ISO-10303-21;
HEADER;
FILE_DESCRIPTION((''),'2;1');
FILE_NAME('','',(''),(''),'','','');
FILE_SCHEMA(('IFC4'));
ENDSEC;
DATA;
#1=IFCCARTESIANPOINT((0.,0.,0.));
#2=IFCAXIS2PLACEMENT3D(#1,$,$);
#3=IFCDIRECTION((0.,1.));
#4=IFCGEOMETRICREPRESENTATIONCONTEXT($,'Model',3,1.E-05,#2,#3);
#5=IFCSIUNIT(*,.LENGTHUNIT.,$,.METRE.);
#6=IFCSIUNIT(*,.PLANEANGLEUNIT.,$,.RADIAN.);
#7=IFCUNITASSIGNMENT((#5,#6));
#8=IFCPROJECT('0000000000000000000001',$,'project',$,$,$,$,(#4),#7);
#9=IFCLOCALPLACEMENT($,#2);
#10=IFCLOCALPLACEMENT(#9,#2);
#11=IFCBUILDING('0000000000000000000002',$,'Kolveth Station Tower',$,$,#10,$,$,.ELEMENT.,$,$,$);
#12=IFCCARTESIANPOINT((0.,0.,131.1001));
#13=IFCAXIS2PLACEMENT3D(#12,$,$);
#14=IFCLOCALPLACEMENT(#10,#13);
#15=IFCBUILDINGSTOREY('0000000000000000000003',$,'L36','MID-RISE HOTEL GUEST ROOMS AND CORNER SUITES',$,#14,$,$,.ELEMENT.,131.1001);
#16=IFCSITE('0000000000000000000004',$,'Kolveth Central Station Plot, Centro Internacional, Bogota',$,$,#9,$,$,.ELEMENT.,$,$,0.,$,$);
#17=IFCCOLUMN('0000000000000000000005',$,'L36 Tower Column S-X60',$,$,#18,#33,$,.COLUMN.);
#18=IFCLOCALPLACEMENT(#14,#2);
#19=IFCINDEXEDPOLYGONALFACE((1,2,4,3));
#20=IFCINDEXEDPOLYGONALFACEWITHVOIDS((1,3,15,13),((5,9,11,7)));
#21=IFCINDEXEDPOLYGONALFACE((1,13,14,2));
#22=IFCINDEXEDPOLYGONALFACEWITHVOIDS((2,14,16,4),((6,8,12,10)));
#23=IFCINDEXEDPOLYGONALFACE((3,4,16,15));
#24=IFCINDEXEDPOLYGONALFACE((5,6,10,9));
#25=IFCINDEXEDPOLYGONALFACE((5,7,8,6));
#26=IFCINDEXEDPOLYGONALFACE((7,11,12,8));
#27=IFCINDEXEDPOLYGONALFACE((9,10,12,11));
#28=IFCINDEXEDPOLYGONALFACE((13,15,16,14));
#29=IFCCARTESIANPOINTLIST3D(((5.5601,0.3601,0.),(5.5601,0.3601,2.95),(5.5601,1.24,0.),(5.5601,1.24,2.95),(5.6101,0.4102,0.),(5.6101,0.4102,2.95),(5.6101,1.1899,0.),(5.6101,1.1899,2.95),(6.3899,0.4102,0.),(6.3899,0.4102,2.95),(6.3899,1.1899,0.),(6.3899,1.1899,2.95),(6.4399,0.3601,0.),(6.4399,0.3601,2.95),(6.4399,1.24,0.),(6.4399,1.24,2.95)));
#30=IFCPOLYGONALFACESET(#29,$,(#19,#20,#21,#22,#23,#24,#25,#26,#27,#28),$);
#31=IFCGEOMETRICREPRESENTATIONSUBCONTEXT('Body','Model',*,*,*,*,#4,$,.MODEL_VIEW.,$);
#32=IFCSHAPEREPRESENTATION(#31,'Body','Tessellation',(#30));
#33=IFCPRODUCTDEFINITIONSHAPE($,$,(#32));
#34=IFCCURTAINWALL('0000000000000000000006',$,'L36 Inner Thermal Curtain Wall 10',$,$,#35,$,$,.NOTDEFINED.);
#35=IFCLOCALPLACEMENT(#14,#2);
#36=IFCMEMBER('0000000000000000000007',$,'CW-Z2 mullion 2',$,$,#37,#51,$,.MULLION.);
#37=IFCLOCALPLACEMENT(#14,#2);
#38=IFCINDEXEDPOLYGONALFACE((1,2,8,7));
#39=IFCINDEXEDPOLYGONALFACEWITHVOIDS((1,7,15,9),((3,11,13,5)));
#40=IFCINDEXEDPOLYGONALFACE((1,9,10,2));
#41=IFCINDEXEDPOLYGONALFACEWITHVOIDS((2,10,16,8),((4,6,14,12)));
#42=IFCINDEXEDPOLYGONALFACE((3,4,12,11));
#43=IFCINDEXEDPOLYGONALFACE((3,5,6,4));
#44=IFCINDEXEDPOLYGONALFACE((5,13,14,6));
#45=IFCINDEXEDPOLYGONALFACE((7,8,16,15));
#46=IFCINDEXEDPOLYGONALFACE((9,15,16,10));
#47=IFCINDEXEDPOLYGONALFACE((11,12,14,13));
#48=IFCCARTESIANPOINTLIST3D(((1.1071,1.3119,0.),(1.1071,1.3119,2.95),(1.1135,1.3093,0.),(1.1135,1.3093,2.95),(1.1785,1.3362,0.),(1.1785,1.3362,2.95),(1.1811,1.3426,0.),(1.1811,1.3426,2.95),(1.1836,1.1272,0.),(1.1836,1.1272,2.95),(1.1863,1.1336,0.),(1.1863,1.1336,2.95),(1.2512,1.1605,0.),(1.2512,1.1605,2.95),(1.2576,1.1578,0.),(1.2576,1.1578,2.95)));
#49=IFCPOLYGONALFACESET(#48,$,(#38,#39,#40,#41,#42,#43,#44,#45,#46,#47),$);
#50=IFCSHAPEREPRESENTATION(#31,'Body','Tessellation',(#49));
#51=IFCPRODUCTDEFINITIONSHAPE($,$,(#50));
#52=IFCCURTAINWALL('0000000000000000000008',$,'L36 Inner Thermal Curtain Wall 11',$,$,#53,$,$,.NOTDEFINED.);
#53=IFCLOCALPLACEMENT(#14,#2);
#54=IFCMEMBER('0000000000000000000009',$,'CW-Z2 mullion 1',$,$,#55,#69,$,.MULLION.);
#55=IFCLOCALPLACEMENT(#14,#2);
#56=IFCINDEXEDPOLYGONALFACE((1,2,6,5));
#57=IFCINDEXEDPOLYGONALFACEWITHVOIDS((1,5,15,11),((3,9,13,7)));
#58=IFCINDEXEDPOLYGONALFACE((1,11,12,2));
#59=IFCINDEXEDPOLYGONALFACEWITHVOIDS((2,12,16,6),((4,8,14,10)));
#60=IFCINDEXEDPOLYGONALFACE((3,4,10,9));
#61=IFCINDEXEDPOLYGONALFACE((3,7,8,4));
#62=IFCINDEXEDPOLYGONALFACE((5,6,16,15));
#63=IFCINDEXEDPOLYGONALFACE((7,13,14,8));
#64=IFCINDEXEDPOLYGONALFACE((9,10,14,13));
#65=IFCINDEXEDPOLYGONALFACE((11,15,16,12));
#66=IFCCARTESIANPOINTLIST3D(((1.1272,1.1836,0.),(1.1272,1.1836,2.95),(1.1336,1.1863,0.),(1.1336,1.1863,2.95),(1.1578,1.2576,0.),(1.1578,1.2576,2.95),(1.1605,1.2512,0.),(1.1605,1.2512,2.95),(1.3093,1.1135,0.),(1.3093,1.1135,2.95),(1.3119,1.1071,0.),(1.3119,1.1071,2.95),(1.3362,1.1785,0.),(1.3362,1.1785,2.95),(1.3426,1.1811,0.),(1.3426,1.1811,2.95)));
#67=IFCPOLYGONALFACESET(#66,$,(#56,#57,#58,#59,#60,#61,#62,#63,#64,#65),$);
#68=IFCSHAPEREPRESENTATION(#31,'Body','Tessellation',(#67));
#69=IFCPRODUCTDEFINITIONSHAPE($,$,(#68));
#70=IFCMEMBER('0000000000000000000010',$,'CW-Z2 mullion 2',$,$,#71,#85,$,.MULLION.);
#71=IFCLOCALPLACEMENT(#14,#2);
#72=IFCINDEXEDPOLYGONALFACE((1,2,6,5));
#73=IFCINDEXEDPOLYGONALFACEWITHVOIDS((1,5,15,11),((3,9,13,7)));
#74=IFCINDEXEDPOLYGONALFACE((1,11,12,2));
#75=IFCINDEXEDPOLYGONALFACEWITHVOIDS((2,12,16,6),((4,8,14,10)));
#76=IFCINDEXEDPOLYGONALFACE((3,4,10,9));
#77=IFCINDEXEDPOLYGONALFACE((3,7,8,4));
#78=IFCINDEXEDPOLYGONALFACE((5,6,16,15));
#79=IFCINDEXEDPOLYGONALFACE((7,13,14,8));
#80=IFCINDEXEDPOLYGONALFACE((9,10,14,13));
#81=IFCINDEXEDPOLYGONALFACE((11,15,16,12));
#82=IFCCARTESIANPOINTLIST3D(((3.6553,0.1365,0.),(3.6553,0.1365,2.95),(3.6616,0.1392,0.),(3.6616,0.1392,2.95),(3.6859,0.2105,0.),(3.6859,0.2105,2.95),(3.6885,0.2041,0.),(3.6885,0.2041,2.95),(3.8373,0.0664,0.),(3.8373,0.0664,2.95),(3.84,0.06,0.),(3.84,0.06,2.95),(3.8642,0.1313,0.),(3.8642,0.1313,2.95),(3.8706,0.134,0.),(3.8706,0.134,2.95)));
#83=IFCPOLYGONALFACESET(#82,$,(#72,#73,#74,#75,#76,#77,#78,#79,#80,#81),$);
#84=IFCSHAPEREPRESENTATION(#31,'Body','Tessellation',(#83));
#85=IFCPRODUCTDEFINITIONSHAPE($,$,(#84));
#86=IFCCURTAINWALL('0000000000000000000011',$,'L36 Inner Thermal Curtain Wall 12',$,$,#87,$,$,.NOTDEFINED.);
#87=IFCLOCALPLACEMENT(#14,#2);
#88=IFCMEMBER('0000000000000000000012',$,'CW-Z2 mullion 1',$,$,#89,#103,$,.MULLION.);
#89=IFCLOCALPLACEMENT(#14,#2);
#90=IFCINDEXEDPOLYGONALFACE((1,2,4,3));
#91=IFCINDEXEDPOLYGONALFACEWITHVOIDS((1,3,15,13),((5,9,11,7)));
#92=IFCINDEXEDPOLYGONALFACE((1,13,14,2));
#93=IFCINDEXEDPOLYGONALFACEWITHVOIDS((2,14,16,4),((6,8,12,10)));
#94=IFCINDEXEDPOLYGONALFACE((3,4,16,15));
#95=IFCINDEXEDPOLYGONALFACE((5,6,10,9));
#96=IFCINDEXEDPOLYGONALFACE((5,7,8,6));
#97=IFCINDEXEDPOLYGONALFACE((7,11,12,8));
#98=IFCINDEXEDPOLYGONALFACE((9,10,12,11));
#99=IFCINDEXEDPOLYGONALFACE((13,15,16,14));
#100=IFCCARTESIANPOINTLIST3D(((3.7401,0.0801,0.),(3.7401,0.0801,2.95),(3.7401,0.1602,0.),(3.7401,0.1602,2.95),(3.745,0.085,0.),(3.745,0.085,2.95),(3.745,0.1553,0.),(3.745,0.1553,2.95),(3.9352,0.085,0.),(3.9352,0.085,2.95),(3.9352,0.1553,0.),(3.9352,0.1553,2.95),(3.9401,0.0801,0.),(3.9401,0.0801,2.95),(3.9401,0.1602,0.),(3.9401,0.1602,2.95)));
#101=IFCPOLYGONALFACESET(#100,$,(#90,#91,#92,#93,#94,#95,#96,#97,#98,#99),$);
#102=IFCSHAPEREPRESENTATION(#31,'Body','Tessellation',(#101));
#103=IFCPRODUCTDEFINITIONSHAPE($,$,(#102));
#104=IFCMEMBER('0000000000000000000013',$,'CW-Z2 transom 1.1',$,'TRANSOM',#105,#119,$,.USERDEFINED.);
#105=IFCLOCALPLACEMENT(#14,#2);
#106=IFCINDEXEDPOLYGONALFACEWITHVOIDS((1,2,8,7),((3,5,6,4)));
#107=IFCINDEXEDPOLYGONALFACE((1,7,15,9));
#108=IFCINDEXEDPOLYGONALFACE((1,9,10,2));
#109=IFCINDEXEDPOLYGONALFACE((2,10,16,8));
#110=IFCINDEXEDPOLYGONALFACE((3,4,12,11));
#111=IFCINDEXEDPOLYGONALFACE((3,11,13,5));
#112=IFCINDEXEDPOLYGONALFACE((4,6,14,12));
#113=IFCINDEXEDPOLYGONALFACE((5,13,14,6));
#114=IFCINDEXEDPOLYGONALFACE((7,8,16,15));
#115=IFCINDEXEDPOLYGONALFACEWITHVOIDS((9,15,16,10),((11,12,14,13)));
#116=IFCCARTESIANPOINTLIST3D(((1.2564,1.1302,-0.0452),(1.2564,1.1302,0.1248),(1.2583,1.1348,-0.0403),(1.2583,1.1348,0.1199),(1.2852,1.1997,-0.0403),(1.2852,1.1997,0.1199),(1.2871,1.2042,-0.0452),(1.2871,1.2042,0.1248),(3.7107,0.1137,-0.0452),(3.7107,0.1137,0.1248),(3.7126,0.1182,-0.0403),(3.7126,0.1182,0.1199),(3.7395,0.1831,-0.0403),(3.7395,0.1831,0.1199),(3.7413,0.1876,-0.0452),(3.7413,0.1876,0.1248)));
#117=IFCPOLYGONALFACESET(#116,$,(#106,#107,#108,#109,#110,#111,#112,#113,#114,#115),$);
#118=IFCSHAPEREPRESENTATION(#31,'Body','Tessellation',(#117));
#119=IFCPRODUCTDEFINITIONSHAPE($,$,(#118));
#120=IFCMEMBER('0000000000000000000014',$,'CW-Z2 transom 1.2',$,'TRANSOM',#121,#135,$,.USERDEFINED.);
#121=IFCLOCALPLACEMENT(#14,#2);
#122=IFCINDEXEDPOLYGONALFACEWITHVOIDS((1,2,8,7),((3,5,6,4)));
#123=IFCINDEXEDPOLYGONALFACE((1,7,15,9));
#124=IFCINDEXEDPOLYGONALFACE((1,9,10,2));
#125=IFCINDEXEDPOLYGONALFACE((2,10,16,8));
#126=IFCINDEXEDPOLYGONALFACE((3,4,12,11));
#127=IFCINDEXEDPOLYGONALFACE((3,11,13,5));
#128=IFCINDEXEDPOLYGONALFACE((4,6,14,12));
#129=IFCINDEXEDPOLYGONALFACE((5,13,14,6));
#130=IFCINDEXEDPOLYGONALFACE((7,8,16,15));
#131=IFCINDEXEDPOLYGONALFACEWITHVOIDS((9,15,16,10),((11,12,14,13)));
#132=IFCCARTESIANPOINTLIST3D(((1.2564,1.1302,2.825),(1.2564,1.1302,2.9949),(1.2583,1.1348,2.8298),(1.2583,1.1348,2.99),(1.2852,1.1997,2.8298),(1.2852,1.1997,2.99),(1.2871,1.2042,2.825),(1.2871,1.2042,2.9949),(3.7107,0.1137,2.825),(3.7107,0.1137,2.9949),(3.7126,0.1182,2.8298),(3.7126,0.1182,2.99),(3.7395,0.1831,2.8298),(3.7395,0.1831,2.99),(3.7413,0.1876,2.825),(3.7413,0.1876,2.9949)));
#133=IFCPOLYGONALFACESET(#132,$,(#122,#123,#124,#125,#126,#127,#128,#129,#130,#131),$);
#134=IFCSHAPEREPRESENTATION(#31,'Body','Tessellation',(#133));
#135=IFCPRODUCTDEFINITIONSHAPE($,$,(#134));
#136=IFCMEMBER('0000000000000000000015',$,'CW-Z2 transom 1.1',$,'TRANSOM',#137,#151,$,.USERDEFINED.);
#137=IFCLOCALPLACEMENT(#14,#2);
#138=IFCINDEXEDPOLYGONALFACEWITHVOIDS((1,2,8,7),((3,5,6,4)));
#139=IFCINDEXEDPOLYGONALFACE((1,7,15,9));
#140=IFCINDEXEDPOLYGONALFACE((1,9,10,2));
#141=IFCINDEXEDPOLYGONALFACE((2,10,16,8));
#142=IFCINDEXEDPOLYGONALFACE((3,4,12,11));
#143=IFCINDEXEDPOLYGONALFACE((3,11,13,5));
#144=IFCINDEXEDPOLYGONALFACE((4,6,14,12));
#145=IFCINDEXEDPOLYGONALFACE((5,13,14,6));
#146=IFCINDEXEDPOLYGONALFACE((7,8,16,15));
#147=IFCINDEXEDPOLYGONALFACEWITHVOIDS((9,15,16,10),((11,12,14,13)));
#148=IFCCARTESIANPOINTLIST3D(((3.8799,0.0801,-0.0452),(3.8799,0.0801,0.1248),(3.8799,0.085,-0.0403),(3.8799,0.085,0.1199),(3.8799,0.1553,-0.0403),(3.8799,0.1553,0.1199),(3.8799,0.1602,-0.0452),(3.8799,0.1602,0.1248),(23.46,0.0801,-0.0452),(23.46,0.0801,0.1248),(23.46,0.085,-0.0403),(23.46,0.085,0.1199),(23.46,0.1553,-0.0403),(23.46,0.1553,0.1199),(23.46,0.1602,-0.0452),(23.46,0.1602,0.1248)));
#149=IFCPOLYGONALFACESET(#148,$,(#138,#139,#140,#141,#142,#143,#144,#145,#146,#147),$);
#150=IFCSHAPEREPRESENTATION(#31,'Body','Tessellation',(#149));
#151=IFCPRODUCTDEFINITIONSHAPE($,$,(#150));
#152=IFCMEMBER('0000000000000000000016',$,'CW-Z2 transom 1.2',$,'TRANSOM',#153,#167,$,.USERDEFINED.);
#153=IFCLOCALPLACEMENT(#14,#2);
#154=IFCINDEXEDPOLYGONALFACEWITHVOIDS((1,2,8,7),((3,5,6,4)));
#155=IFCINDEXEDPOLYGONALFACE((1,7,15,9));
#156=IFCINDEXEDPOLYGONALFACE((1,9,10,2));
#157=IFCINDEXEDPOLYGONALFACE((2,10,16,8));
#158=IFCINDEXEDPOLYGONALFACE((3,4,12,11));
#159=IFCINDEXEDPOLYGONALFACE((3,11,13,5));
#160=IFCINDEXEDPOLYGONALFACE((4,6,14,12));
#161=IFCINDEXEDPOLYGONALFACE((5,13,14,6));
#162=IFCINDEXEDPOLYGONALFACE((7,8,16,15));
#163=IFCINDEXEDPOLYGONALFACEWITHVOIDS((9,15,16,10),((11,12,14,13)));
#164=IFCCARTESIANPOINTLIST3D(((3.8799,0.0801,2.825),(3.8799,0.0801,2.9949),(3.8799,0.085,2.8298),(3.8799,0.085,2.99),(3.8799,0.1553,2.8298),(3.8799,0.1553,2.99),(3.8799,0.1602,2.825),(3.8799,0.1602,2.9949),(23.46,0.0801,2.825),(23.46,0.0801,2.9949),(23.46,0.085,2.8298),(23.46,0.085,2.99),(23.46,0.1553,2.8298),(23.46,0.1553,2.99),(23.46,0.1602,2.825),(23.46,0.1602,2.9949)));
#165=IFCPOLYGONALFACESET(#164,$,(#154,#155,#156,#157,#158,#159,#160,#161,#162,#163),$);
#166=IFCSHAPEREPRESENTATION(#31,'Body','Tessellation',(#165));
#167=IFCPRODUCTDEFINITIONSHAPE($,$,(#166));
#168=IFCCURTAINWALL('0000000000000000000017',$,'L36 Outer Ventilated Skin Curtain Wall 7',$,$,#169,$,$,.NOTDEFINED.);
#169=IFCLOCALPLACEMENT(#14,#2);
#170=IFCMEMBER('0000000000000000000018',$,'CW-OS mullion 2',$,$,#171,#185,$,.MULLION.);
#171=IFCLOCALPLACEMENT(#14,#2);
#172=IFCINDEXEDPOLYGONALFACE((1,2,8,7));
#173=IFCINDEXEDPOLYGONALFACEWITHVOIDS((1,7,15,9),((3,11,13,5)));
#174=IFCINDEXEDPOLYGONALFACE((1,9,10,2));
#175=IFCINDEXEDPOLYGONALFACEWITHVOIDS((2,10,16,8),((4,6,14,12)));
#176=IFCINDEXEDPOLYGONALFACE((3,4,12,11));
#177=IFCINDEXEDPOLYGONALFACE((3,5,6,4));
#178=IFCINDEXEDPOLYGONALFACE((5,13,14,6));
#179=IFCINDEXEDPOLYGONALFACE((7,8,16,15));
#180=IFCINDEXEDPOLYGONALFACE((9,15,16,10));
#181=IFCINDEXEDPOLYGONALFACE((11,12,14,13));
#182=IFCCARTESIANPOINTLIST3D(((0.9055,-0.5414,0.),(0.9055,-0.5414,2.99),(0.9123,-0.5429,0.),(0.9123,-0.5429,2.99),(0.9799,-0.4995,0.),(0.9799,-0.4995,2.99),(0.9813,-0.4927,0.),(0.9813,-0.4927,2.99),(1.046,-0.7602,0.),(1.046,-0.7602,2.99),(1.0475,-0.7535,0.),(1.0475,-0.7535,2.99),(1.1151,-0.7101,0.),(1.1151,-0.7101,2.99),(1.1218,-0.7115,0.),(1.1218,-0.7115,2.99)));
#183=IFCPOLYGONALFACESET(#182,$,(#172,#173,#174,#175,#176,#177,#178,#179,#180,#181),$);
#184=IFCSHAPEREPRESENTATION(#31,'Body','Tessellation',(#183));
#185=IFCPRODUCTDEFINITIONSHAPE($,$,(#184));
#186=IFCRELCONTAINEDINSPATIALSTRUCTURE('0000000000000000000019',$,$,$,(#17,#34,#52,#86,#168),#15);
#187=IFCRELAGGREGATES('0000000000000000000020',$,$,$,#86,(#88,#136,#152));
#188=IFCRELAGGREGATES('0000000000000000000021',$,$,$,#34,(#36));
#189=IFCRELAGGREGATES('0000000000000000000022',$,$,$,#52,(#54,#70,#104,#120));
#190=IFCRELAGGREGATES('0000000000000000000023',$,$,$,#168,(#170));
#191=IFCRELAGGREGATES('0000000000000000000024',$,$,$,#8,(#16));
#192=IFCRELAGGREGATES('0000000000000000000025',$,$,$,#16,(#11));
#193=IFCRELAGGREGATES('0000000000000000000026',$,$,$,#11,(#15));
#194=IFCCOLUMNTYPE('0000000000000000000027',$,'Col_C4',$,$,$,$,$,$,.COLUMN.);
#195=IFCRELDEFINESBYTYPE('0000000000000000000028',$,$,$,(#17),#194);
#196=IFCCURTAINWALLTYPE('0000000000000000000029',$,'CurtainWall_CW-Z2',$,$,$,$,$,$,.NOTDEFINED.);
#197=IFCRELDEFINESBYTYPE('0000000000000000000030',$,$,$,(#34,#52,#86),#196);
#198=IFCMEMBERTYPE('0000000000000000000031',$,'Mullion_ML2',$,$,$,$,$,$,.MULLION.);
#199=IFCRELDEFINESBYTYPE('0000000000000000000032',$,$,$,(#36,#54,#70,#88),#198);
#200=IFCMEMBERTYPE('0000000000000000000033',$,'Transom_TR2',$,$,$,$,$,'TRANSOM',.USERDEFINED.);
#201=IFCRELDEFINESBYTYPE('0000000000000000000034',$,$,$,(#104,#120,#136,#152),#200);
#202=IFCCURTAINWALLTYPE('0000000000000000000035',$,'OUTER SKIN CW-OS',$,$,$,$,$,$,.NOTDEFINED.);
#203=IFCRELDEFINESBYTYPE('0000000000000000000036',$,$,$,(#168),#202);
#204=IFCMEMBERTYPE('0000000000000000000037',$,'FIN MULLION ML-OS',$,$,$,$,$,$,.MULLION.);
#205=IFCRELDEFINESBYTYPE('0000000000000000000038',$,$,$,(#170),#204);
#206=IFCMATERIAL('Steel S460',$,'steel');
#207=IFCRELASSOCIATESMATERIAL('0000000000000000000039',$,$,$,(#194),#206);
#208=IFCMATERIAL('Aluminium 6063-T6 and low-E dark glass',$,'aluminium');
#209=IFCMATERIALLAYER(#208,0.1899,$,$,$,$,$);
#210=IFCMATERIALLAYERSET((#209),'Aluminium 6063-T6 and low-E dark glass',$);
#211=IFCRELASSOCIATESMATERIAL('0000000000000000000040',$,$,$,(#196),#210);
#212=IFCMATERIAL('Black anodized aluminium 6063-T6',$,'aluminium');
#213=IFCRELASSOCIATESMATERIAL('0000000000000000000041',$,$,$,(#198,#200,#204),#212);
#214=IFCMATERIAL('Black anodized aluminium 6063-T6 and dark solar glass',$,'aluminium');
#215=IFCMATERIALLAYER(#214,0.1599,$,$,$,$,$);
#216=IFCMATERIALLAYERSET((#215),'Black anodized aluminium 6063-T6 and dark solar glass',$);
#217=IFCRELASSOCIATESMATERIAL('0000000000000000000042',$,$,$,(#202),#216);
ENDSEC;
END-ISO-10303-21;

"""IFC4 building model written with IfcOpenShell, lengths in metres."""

from ifc_helpers import new_model, si_unit, direction, frame, origin, origin_2d, place, context, subcontext, project, spatial, hollow_rectangle, extrude, source, transform, mapped, material, layer, layer_set, material_profile, profile_set, type_object, element, aggregate, save


model = new_model("IFC4")

# Units and contexts
model_context = context("Model", 3, precision=1e-05, world=origin(), true_north=direction((0.0, 1.0)))
body_context = subcontext(model_context, "Body", "Model", "MODEL_VIEW")
ifc_project = project(units=[si_unit("LENGTHUNIT", "METRE"), si_unit("PLANEANGLEUNIT", "RADIAN")], contexts=[model_context])

# Site, building, storey
site_placement = place(None, origin())
site = spatial("IfcSite", under=ifc_project, at=site_placement, Name="Kolveth Central Station Plot, Centro Internacional, Bogota", CompositionType="ELEMENT", RefElevation=0.0)
building_placement = place(site_placement, origin())
building = spatial("IfcBuilding", under=site, at=building_placement, Name="Kolveth Station Tower", CompositionType="ELEMENT")
storey_placement = place(building_placement, frame((0.0, 0.0, 131.1001)))
storey = spatial("IfcBuildingStorey", under=building, at=storey_placement, Name="L36", Description="MID-RISE HOTEL GUEST ROOMS AND CORNER SUITES", CompositionType="ELEMENT", Elevation=131.1001)

# Column
ifc_material_1 = material(Name="Steel S460", Category="steel")
ifc_material_profile_1 = material_profile(ifc_material_1, hollow_rectangle(XDim=0.8799, YDim=0.8799, WallThickness=0.05, at=origin_2d()), Name="BOX880x880x50")
ifc_profile_set_1 = profile_set([ifc_material_profile_1], Name="Steel S460")
column_type = type_object("IfcColumnType", Name="Col_C4", PredefinedType="COLUMN", material=ifc_profile_set_1)
shared_shape_1 = source(origin(), body_context, "Body", "SweptSolid", [
    extrude(hollow_rectangle(XDim=0.8799, YDim=0.8799, WallThickness=0.05, at=origin_2d()), origin(), (0.0, 0.0, 1.0), 2.95),
])
column_placement = place(storey_placement, frame((6.0, 0.8, 0.0), z_axis=(0.0, 0.0, 1.0), x_axis=(1.0, 0.0, 0.0)))
element("IfcColumn", 1, at=column_placement, inside=storey, type_object=column_type, Name="L36 Tower Column S-X60", PredefinedType="COLUMN", context=body_context, shape_type="MappedRepresentation", body=[
    mapped(shared_shape_1, transform((0.0, 0.0, 0.0), x_axis=(1.0, 0.0, 0.0), y_axis=(0.0, 1.0, 0.0), z_axis=(0.0, 0.0, 1.0), scale=1.0)),
])

# Curtain wall, member
ifc_material_2 = material(Name="Aluminium 6063-T6 and low-E dark glass", Category="aluminium")
ifc_layer_1 = layer(ifc_material_2, 0.1899)
ifc_layer_set_1 = layer_set([ifc_layer_1], Name="Aluminium 6063-T6 and low-E dark glass")
curtain_wall_type_1 = type_object("IfcCurtainWallType", Name="CurtainWall_CW-Z2", PredefinedType="NOTDEFINED", material=ifc_layer_set_1)
curtain_wall_1_placement = place(storey_placement, origin())
curtain_wall_1 = element("IfcCurtainWall", 2, at=curtain_wall_1_placement, inside=storey, type_object=curtain_wall_type_1, Name="L36 Inner Thermal Curtain Wall 10", PredefinedType="NOTDEFINED")
ifc_material_3 = material(Name="Black anodized aluminium 6063-T6", Category="aluminium")
ifc_material_profile_2 = material_profile(ifc_material_3, hollow_rectangle(XDim=0.0801, YDim=0.2, WallThickness=0.0049, at=origin_2d()), Name="ALU-80x200x5")
ifc_profile_set_2 = profile_set([ifc_material_profile_2], Name="Black anodized aluminium 6063-T6")
member_type_1 = type_object("IfcMemberType", Name="Mullion_ML2", PredefinedType="MULLION", material=ifc_profile_set_2)
shared_shape_2 = source(origin(), body_context, "Body", "SweptSolid", [
    extrude(hollow_rectangle(XDim=0.0801, YDim=0.2, WallThickness=0.0049, at=origin_2d()), origin(), (0.0, 0.0, 1.0), 2.95),
])
member_1_placement = place(storey_placement, frame((1.1824, 1.2349, 0.0), z_axis=(0.0, 0.0, 1.0), x_axis=(0.923888, 0.382663, 0.0)))
member_1 = element("IfcMember", 3, at=member_1_placement, type_object=member_type_1, Name="CW-Z2 mullion 2", PredefinedType="MULLION", context=body_context, shape_type="MappedRepresentation", body=[
    mapped(shared_shape_2, transform((0.0, 0.0, 0.0), x_axis=(1.0, 0.0, 0.0), y_axis=(0.0, 1.0, 0.0), z_axis=(0.0, 0.0, 1.0), scale=1.0)),
])

# Curtain wall, members
curtain_wall_2_placement = place(storey_placement, origin())
curtain_wall_2 = element("IfcCurtainWall", 4, at=curtain_wall_2_placement, inside=storey, type_object=curtain_wall_type_1, Name="L36 Inner Thermal Curtain Wall 11", PredefinedType="NOTDEFINED")
member_2_placement = place(storey_placement, frame((1.2349, 1.1824, 0.0), z_axis=(0.0, 0.0, 1.0), x_axis=(0.382663, 0.923888, 0.0)))
member_2 = element("IfcMember", 5, at=member_2_placement, type_object=member_type_1, Name="CW-Z2 mullion 1", PredefinedType="MULLION", context=body_context, shape_type="MappedRepresentation", body=[
    mapped(shared_shape_2, transform((0.0, 0.0, 0.0), x_axis=(1.0, 0.0, 0.0), y_axis=(0.0, 1.0, 0.0), z_axis=(0.0, 0.0, 1.0), scale=1.0)),
])
member_3_placement = place(storey_placement, frame((3.7629, 0.1353, 0.0), z_axis=(0.0, 0.0, 1.0), x_axis=(0.382663, 0.923888, 0.0)))
member_3 = element("IfcMember", 6, at=member_3_placement, type_object=member_type_1, Name="CW-Z2 mullion 2", PredefinedType="MULLION", context=body_context, shape_type="MappedRepresentation", body=[
    mapped(shared_shape_2, transform((0.0, 0.0, 0.0), x_axis=(1.0, 0.0, 0.0), y_axis=(0.0, 1.0, 0.0), z_axis=(0.0, 0.0, 1.0), scale=1.0)),
])

# Curtain wall, member
curtain_wall_3_placement = place(storey_placement, origin())
curtain_wall_3 = element("IfcCurtainWall", 7, at=curtain_wall_3_placement, inside=storey, type_object=curtain_wall_type_1, Name="L36 Inner Thermal Curtain Wall 12", PredefinedType="NOTDEFINED")
member_4_placement = place(storey_placement, frame((3.8401, 0.1201, 0.0), z_axis=(0.0, 0.0, 1.0), x_axis=(0.0, 1.0, 0.0)))
member_4 = element("IfcMember", 8, at=member_4_placement, type_object=member_type_1, Name="CW-Z2 mullion 1", PredefinedType="MULLION", context=body_context, shape_type="MappedRepresentation", body=[
    mapped(shared_shape_2, transform((0.0, 0.0, 0.0), x_axis=(1.0, 0.0, 0.0), y_axis=(0.0, 1.0, 0.0), z_axis=(0.0, 0.0, 1.0), scale=1.0)),
])

# Members
ifc_material_profile_3 = material_profile(ifc_material_3, hollow_rectangle(XDim=0.0801, YDim=0.1699, WallThickness=0.0049, at=origin_2d()), Name="ALU-80x170x5")
ifc_profile_set_3 = profile_set([ifc_material_profile_3], Name="Black anodized aluminium 6063-T6")
member_type_2 = type_object("IfcMemberType", Name="Transom_TR2", ElementType="TRANSOM", PredefinedType="USERDEFINED", material=ifc_profile_set_3)
shared_shape_3 = source(origin(), body_context, "Body", "SweptSolid", [
    extrude(hollow_rectangle(XDim=0.0801, YDim=0.1699, WallThickness=0.0049, at=origin_2d()), origin(), (0.0, 0.0, 1.0), 2.6565),
])
member_5_placement = place(storey_placement, frame((1.2717, 1.1672, 0.0398), z_axis=(0.923882, -0.382676, 0.0), x_axis=(0.382676, 0.923882, 0.0)))
member_5 = element("IfcMember", 9, at=member_5_placement, type_object=member_type_2, Name="CW-Z2 transom 1.1", ObjectType="TRANSOM", PredefinedType="USERDEFINED", context=body_context, shape_type="MappedRepresentation", body=[
    mapped(shared_shape_3, transform((0.0, 0.0, 0.0), x_axis=(1.0, 0.0, 0.0), y_axis=(0.0, 1.0, 0.0), z_axis=(0.0, 0.0, 1.0), scale=1.0)),
])
member_6_placement = place(storey_placement, frame((1.2717, 1.1672, 2.9099), z_axis=(0.923882, -0.382676, 0.0), x_axis=(0.382676, 0.923882, 0.0)))
member_6 = element("IfcMember", 10, at=member_6_placement, type_object=member_type_2, Name="CW-Z2 transom 1.2", ObjectType="TRANSOM", PredefinedType="USERDEFINED", context=body_context, shape_type="MappedRepresentation", body=[
    mapped(shared_shape_3, transform((0.0, 0.0, 0.0), x_axis=(1.0, 0.0, 0.0), y_axis=(0.0, 1.0, 0.0), z_axis=(0.0, 0.0, 1.0), scale=1.0)),
])
shared_shape_4 = source(origin(), body_context, "Body", "SweptSolid", [
    extrude(hollow_rectangle(XDim=0.0801, YDim=0.1699, WallThickness=0.0049, at=origin_2d()), origin(), (0.0, 0.0, 1.0), 19.5801),
])
member_7_placement = place(storey_placement, frame((3.8799, 0.1201, 0.0398), z_axis=(1.0, 0.0, 0.0), x_axis=(0.0, 1.0, 0.0)))
member_7 = element("IfcMember", 11, at=member_7_placement, type_object=member_type_2, Name="CW-Z2 transom 1.1", ObjectType="TRANSOM", PredefinedType="USERDEFINED", context=body_context, shape_type="MappedRepresentation", body=[
    mapped(shared_shape_4, transform((0.0, 0.0, 0.0), x_axis=(1.0, 0.0, 0.0), y_axis=(0.0, 1.0, 0.0), z_axis=(0.0, 0.0, 1.0), scale=1.0)),
])
member_8_placement = place(storey_placement, frame((3.8799, 0.1201, 2.9099), z_axis=(1.0, 0.0, 0.0), x_axis=(0.0, 1.0, 0.0)))
member_8 = element("IfcMember", 12, at=member_8_placement, type_object=member_type_2, Name="CW-Z2 transom 1.2", ObjectType="TRANSOM", PredefinedType="USERDEFINED", context=body_context, shape_type="MappedRepresentation", body=[
    mapped(shared_shape_4, transform((0.0, 0.0, 0.0), x_axis=(1.0, 0.0, 0.0), y_axis=(0.0, 1.0, 0.0), z_axis=(0.0, 0.0, 1.0), scale=1.0)),
])
aggregate(curtain_wall_3, [member_4, member_7, member_8])

# Curtain wall, member
ifc_material_4 = material(Name="Black anodized aluminium 6063-T6 and dark solar glass", Category="aluminium")
ifc_layer_2 = layer(ifc_material_4, 0.1599)
ifc_layer_set_2 = layer_set([ifc_layer_2], Name="Black anodized aluminium 6063-T6 and dark solar glass")
curtain_wall_type_2 = type_object("IfcCurtainWallType", Name="OUTER SKIN CW-OS", PredefinedType="NOTDEFINED", material=ifc_layer_set_2)
curtain_wall_4_placement = place(storey_placement, origin())
curtain_wall_4 = element("IfcCurtainWall", 13, at=curtain_wall_4_placement, inside=storey, type_object=curtain_wall_type_2, Name="L36 Outer Ventilated Skin Curtain Wall 7", PredefinedType="NOTDEFINED")
ifc_material_profile_4 = material_profile(ifc_material_3, hollow_rectangle(XDim=0.0901, YDim=0.26, WallThickness=0.0049, at=origin_2d()), Name="ALU-90x260x5")
ifc_profile_set_4 = profile_set([ifc_material_profile_4], Name="Black anodized aluminium 6063-T6")
member_type_3 = type_object("IfcMemberType", Name="FIN MULLION ML-OS", PredefinedType="MULLION", material=ifc_profile_set_4)
shared_shape_5 = source(origin(), body_context, "Body", "SweptSolid", [
    extrude(hollow_rectangle(XDim=0.0901, YDim=0.26, WallThickness=0.0049, at=origin_2d()), origin(), (0.0, 0.0, 1.0), 2.99),
])
member_9_placement = place(storey_placement, frame((1.0137, -0.6265, 0.0), z_axis=(0.0, 0.0, 1.0), x_axis=(0.841497, 0.540262, 0.0)))
member_9 = element("IfcMember", 14, at=member_9_placement, type_object=member_type_3, Name="CW-OS mullion 2", PredefinedType="MULLION", context=body_context, shape_type="MappedRepresentation", body=[
    mapped(shared_shape_5, transform((0.0, 0.0, 0.0), x_axis=(1.0, 0.0, 0.0), y_axis=(0.0, 1.0, 0.0), z_axis=(0.0, 0.0, 1.0), scale=1.0)),
])

aggregate(curtain_wall_1, [member_1])
aggregate(curtain_wall_2, [member_2, member_3, member_5, member_6])
aggregate(curtain_wall_4, [member_9])

save(model, "model.ifc")
